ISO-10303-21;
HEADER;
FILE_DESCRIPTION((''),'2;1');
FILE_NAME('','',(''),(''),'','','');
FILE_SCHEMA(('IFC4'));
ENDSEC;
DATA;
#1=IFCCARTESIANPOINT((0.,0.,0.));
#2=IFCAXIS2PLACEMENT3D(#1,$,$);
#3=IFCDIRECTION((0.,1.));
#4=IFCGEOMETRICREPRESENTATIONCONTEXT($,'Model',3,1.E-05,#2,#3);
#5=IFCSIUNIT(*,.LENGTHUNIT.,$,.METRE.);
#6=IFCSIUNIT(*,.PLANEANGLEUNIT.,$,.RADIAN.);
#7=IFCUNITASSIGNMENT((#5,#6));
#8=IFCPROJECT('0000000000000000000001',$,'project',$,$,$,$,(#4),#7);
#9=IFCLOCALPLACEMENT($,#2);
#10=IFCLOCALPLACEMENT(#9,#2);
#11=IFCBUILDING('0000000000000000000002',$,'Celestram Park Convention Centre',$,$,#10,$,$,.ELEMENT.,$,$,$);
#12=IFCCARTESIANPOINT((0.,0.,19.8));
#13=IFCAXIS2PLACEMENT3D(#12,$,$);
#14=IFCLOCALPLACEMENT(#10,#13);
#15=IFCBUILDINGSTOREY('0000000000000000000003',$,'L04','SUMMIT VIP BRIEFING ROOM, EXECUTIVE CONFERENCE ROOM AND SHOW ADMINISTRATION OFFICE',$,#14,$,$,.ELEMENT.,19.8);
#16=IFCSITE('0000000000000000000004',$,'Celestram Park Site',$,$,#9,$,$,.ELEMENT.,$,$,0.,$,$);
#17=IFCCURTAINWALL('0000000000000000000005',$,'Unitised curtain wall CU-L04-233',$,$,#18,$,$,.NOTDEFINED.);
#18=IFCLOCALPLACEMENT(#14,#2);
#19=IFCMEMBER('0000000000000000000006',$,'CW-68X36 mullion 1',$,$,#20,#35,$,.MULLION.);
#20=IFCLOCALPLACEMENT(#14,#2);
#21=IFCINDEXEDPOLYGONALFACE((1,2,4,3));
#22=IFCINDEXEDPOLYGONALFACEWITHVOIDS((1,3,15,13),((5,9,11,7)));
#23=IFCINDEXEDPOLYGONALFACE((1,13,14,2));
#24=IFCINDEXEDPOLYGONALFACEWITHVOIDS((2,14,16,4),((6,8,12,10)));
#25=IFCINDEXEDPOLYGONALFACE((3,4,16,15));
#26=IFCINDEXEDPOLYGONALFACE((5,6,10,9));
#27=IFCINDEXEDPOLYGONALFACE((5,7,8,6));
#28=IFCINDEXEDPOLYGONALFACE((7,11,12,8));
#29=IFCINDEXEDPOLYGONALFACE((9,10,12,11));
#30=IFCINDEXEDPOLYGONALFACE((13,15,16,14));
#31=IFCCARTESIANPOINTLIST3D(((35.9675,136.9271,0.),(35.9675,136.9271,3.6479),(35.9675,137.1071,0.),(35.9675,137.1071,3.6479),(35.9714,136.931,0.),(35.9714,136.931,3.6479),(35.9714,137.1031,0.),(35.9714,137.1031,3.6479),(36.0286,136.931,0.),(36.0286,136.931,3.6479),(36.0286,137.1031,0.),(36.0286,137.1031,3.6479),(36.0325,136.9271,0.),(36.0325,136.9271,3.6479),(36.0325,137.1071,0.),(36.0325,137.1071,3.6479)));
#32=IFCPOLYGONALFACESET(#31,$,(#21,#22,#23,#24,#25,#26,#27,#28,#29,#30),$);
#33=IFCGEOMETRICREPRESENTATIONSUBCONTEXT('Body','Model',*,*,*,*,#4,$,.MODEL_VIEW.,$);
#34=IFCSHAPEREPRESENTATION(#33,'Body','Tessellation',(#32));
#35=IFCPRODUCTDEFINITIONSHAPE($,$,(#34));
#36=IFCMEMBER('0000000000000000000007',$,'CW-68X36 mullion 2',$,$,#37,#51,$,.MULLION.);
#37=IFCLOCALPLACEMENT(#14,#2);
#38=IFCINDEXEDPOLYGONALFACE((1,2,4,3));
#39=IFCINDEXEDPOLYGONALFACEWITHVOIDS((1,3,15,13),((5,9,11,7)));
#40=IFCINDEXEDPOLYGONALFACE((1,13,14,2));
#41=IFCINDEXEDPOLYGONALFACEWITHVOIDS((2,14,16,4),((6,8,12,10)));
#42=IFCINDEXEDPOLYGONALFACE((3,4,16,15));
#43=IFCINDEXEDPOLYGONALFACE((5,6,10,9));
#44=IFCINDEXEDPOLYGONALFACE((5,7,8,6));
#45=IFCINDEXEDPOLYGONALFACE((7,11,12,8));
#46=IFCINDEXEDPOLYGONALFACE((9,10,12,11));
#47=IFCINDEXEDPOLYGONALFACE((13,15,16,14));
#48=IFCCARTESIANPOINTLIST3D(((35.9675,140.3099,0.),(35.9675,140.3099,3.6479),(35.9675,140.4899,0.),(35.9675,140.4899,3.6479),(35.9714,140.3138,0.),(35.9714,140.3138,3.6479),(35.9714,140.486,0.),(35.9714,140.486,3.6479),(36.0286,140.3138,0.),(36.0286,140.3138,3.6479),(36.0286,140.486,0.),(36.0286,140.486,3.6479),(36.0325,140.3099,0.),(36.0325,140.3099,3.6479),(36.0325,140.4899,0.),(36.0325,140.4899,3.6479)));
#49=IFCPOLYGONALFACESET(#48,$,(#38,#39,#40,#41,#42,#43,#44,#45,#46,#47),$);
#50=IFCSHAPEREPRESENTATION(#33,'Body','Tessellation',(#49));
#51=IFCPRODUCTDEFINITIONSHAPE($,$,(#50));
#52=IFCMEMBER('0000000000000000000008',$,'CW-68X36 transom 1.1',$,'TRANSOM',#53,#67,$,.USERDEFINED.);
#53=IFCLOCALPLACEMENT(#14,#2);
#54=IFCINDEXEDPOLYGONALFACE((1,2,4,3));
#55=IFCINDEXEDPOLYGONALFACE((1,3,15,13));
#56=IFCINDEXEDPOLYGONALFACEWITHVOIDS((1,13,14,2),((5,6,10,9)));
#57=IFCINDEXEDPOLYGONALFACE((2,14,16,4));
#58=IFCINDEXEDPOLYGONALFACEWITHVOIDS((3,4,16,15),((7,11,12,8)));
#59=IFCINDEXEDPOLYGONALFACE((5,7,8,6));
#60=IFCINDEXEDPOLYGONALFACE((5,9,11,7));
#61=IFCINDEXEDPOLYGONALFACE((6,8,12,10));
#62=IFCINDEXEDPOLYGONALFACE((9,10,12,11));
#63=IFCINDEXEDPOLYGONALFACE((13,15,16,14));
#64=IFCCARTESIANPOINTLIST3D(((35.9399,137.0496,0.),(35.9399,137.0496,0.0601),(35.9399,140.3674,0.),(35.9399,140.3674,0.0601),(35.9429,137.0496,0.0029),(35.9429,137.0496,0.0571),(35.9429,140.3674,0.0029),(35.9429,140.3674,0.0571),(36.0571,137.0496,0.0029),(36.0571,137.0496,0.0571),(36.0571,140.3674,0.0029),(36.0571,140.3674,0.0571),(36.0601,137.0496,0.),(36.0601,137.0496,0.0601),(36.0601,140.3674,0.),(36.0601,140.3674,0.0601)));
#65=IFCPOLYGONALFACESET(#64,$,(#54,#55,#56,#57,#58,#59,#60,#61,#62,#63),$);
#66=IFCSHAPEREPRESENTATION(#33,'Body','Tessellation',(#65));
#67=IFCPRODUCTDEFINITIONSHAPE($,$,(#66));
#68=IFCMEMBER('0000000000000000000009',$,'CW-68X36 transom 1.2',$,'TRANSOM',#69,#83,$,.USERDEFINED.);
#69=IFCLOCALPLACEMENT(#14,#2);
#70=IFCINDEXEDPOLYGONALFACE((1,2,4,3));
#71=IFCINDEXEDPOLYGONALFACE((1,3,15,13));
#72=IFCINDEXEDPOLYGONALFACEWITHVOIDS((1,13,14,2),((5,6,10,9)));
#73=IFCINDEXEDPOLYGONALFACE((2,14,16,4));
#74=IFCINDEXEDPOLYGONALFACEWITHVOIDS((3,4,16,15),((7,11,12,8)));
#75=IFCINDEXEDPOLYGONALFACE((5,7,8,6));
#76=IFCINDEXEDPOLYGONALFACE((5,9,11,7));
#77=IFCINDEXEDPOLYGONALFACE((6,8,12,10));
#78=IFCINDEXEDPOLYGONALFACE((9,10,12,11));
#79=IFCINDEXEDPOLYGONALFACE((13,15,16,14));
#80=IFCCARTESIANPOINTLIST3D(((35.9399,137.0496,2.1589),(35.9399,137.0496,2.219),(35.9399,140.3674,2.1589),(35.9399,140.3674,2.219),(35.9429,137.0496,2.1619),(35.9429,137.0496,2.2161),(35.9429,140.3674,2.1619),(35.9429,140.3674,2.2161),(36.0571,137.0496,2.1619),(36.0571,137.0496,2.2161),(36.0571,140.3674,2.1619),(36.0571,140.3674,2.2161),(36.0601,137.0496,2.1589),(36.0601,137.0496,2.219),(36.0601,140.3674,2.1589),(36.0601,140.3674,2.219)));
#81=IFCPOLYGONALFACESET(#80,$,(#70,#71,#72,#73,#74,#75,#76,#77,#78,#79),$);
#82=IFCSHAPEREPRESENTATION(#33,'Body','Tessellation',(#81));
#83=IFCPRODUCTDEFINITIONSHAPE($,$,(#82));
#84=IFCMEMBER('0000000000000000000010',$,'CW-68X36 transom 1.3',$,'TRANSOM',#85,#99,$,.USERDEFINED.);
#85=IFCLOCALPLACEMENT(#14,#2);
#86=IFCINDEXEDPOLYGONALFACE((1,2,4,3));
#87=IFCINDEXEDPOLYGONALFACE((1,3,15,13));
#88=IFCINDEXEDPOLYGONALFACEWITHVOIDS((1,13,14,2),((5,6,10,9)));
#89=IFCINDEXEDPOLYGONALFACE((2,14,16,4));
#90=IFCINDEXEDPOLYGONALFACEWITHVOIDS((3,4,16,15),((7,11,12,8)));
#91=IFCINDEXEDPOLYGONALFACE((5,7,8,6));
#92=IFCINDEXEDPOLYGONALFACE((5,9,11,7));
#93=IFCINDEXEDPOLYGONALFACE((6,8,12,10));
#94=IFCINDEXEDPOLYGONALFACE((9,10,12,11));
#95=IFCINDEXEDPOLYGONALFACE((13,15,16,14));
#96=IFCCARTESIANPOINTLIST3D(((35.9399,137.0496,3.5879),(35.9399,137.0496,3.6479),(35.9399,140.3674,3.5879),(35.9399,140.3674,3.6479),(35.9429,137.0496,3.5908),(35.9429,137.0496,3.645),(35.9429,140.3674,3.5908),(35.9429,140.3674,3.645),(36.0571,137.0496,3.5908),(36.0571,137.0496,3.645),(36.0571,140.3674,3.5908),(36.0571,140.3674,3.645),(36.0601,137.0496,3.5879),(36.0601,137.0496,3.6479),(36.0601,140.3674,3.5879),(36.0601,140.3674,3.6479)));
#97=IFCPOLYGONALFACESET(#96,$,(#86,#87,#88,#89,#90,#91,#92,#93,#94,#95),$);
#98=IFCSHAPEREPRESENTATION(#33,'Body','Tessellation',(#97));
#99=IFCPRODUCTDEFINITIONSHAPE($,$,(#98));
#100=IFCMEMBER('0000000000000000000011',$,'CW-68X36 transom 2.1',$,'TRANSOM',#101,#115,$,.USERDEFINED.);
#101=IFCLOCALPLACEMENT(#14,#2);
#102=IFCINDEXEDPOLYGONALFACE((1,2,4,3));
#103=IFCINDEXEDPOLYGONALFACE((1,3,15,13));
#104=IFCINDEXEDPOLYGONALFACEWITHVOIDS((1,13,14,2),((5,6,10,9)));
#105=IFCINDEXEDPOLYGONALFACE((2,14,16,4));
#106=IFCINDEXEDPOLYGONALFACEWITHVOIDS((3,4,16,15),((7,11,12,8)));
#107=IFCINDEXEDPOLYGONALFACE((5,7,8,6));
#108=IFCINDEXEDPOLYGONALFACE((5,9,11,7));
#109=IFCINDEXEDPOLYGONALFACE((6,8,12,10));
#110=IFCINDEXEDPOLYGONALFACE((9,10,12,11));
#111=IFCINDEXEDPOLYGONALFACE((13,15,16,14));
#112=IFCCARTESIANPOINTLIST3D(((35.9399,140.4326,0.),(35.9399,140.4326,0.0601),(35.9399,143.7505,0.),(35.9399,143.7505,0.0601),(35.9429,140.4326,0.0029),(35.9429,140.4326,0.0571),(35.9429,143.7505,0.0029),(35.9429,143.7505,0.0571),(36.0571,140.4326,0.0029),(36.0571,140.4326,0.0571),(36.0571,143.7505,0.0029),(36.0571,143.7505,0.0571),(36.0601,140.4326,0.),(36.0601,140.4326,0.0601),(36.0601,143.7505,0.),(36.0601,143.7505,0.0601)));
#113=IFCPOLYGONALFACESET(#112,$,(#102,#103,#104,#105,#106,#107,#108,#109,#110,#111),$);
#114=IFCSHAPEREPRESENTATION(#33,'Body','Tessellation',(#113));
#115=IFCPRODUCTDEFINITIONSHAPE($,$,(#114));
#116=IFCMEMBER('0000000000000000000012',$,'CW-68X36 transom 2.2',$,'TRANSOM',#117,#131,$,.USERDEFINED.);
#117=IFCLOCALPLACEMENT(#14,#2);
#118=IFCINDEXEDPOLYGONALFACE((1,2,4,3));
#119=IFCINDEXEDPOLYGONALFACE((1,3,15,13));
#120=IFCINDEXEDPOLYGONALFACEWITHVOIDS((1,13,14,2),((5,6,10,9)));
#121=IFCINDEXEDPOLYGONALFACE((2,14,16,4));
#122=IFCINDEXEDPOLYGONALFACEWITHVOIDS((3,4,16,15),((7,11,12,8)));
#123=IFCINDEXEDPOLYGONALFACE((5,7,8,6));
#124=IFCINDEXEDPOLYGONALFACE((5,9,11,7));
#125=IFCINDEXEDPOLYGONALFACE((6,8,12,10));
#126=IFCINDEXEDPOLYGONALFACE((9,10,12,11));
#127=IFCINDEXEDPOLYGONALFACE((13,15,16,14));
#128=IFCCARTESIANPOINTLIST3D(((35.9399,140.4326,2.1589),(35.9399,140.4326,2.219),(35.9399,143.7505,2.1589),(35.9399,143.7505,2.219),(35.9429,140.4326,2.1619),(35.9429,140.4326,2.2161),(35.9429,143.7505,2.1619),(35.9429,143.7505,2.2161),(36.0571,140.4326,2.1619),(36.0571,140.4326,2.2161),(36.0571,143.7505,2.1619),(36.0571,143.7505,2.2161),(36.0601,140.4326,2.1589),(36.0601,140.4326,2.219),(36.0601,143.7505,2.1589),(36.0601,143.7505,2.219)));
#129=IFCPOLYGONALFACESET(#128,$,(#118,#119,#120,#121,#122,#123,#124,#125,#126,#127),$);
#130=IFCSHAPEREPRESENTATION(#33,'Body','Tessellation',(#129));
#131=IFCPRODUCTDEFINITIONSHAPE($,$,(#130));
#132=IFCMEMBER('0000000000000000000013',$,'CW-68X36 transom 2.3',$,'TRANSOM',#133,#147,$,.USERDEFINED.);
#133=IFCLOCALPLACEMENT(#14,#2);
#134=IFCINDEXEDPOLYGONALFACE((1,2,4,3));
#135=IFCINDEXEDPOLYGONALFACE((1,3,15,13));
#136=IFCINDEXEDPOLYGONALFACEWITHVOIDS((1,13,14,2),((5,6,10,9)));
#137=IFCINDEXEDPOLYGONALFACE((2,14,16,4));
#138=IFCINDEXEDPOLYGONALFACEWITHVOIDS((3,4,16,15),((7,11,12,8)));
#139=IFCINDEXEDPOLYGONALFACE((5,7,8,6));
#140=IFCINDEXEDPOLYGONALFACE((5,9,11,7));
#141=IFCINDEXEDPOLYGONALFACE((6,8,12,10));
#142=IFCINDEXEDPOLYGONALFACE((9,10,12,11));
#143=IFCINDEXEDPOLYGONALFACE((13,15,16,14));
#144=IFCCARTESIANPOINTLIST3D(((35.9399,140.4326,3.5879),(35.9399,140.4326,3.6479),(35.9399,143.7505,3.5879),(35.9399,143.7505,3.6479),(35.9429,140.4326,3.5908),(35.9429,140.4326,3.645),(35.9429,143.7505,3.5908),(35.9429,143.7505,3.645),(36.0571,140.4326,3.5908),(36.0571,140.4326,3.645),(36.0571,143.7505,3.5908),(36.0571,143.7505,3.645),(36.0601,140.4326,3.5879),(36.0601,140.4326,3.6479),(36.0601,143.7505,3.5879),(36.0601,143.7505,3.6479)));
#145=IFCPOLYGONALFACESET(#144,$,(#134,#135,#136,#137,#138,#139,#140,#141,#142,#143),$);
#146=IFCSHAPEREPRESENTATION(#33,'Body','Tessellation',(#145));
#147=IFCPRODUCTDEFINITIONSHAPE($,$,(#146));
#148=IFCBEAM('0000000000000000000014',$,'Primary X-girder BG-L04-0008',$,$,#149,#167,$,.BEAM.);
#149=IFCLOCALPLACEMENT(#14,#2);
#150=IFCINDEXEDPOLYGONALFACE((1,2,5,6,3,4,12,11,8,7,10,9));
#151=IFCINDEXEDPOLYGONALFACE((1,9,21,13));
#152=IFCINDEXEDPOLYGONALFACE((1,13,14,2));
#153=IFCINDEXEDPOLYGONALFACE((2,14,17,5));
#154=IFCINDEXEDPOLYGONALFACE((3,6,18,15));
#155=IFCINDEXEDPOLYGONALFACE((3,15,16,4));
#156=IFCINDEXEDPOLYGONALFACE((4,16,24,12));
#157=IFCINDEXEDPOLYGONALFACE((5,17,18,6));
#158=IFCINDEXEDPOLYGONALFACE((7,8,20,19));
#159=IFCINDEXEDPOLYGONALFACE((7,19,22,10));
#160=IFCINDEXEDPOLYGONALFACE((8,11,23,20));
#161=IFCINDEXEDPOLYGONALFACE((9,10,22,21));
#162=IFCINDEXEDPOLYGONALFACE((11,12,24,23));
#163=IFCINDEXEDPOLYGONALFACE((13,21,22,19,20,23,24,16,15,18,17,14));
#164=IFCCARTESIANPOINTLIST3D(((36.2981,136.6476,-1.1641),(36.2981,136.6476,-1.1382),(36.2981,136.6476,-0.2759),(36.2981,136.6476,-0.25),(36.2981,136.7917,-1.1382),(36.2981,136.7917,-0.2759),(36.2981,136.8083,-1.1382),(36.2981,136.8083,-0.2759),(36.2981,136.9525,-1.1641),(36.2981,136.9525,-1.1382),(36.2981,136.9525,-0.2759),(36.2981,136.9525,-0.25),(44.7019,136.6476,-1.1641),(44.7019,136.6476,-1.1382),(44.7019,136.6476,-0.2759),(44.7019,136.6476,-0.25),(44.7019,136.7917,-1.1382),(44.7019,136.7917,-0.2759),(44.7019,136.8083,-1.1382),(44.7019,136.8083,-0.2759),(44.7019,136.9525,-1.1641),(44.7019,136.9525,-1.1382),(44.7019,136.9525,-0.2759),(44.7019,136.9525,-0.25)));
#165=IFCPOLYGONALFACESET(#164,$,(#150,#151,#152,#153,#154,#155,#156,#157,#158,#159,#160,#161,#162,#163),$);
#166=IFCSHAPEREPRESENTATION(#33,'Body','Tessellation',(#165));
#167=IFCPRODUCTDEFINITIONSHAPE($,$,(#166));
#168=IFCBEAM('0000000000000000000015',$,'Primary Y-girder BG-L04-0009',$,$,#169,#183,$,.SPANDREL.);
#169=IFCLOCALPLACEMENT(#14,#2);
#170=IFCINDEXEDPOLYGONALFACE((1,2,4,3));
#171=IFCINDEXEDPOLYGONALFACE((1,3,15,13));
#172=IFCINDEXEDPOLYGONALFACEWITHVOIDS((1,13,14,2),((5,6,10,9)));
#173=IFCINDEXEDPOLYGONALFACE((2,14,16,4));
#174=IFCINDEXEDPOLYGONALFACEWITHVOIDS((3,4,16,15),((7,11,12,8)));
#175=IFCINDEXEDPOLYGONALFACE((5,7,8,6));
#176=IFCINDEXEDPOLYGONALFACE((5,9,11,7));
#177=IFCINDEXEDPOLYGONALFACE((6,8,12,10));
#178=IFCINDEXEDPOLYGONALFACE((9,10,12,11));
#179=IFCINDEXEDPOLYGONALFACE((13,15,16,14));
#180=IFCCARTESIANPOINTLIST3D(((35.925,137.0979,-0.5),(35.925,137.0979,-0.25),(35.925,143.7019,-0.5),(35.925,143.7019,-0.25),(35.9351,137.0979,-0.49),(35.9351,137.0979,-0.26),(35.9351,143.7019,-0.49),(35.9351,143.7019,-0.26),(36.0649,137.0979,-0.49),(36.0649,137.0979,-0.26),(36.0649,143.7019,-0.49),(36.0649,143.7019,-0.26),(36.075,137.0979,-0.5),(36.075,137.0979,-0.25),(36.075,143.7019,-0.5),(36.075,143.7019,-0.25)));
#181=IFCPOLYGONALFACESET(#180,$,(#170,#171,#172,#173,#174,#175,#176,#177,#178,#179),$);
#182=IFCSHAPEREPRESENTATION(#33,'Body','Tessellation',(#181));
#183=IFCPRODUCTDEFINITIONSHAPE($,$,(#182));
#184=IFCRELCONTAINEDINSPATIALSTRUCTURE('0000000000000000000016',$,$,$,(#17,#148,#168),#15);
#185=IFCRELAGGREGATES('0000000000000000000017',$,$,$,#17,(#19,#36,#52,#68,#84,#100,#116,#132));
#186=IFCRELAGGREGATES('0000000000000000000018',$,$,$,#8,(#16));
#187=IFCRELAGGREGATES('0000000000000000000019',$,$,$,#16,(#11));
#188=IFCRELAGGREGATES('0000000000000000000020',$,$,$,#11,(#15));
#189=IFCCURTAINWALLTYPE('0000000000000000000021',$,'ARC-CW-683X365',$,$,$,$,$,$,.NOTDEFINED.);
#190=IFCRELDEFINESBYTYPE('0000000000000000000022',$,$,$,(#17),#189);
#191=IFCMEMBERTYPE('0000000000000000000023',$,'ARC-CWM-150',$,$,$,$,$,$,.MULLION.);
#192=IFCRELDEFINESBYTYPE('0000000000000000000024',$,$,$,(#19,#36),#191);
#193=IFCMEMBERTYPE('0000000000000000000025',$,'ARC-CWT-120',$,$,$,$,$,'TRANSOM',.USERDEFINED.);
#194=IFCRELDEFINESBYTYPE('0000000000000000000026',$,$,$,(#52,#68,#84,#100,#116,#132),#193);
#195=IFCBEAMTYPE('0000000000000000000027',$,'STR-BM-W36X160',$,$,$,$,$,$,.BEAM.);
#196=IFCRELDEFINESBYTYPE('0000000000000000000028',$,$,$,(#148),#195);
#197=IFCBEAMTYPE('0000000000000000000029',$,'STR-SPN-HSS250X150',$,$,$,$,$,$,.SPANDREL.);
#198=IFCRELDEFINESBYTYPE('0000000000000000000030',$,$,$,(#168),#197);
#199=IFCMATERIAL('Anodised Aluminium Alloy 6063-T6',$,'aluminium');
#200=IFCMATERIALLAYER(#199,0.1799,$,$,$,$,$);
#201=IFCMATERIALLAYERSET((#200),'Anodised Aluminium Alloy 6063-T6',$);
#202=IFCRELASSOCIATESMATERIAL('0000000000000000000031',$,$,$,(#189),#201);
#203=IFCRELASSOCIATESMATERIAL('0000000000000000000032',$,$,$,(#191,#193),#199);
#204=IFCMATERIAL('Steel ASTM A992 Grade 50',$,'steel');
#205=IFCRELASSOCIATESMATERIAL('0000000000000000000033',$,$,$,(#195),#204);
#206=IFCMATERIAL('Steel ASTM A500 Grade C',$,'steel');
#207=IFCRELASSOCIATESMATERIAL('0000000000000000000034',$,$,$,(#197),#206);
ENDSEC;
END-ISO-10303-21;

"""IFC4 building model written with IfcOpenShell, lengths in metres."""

from ifc_helpers import new_model, si_unit, direction, frame, origin, origin_2d, place, context, subcontext, project, spatial, hollow_rectangle, i_section, extrude, material, layer, layer_set, material_profile, profile_set, type_object, element, aggregate, save


model = new_model("IFC4")

# Units and contexts
model_context = context("Model", 3, precision=1e-05, world=origin(), true_north=direction((0.0, 1.0)))
body_context = subcontext(model_context, "Body", "Model", "MODEL_VIEW")
ifc_project = project(units=[si_unit("LENGTHUNIT", "METRE"), si_unit("PLANEANGLEUNIT", "RADIAN")], contexts=[model_context])

# Site, building, storey
site_placement = place(None, origin())
site = spatial("IfcSite", under=ifc_project, at=site_placement, Name="Celestram Park Site", CompositionType="ELEMENT", RefElevation=0.0)
building_placement = place(site_placement, origin())
building = spatial("IfcBuilding", under=site, at=building_placement, Name="Celestram Park Convention Centre", CompositionType="ELEMENT")
storey_placement = place(building_placement, frame((0.0, 0.0, 19.8)))
storey = spatial("IfcBuildingStorey", under=building, at=storey_placement, Name="L04", Description="SUMMIT VIP BRIEFING ROOM, EXECUTIVE CONFERENCE ROOM AND SHOW ADMINISTRATION OFFICE", CompositionType="ELEMENT", Elevation=19.8)

# Curtain wall, members
ifc_material_1 = material(Name="Anodised Aluminium Alloy 6063-T6", Category="aluminium")
ifc_layer_1 = layer(ifc_material_1, 0.1799)
ifc_layer_set_1 = layer_set([ifc_layer_1], Name="Anodised Aluminium Alloy 6063-T6")
curtain_wall_type = type_object("IfcCurtainWallType", Name="ARC-CW-683X365", PredefinedType="NOTDEFINED", material=ifc_layer_set_1)
curtain_wall_placement = place(storey_placement, origin())
curtain_wall = element("IfcCurtainWall", 1, at=curtain_wall_placement, inside=storey, type_object=curtain_wall_type, Name="Unitised curtain wall CU-L04-233", PredefinedType="NOTDEFINED")
ifc_material_profile_1 = material_profile(ifc_material_1, hollow_rectangle(XDim=0.0649, YDim=0.1799, WallThickness=0.0039, at=origin_2d()), Name="ALU65X180X4")
ifc_profile_set_1 = profile_set([ifc_material_profile_1], Name="Anodised Aluminium Alloy 6063-T6")
member_type_1 = type_object("IfcMemberType", Name="ARC-CWM-150", PredefinedType="MULLION", material=ifc_profile_set_1)
member_1_placement = place(storey_placement, frame((36.0, 137.0171, 0.0), z_axis=(0.0, 0.0, 1.0), x_axis=(-1.0, 0.0, 0.0)))
member_1 = element("IfcMember", 2, at=member_1_placement, type_object=member_type_1, Name="CW-68X36 mullion 1", PredefinedType="MULLION", context=body_context, shape_type="SweptSolid", body=[
    extrude(hollow_rectangle(XDim=0.0649, YDim=0.1799, WallThickness=0.0039, at=origin_2d()), origin(), (0.0, 0.0, 1.0), 3.6479),
])
member_2_placement = place(storey_placement, frame((36.0, 140.3999, 0.0), z_axis=(0.0, 0.0, 1.0), x_axis=(-1.0, 0.0, 0.0)))
member_2 = element("IfcMember", 3, at=member_2_placement, type_object=member_type_1, Name="CW-68X36 mullion 2", PredefinedType="MULLION", context=body_context, shape_type="SweptSolid", body=[
    extrude(hollow_rectangle(XDim=0.0649, YDim=0.1799, WallThickness=0.0039, at=origin_2d()), origin(), (0.0, 0.0, 1.0), 3.6479),
])
ifc_material_profile_2 = material_profile(ifc_material_1, hollow_rectangle(XDim=0.1201, YDim=0.0601, WallThickness=0.0029, at=origin_2d()), Name="ALU120X60X3")
ifc_profile_set_2 = profile_set([ifc_material_profile_2], Name="Anodised Aluminium Alloy 6063-T6")
member_type_2 = type_object("IfcMemberType", Name="ARC-CWT-120", ElementType="TRANSOM", PredefinedType="USERDEFINED", material=ifc_profile_set_2)
member_3_placement = place(storey_placement, frame((36.0, 137.0496, 0.03), z_axis=(0.0, 1.0, 0.0), x_axis=(-1.0, 0.0, 0.0)))
member_3 = element("IfcMember", 4, at=member_3_placement, type_object=member_type_2, Name="CW-68X36 transom 1.1", ObjectType="TRANSOM", PredefinedType="USERDEFINED", context=body_context, shape_type="SweptSolid", body=[
    extrude(hollow_rectangle(XDim=0.1201, YDim=0.0601, WallThickness=0.0029, at=origin_2d()), origin(), (0.0, 0.0, 1.0), 3.3179),
])
member_4_placement = place(storey_placement, frame((36.0, 137.0496, 2.189), z_axis=(0.0, 1.0, 0.0), x_axis=(-1.0, 0.0, 0.0)))
member_4 = element("IfcMember", 5, at=member_4_placement, type_object=member_type_2, Name="CW-68X36 transom 1.2", ObjectType="TRANSOM", PredefinedType="USERDEFINED", context=body_context, shape_type="SweptSolid", body=[
    extrude(hollow_rectangle(XDim=0.1201, YDim=0.0601, WallThickness=0.0029, at=origin_2d()), origin(), (0.0, 0.0, 1.0), 3.3179),
])
member_5_placement = place(storey_placement, frame((36.0, 137.0496, 3.6179), z_axis=(0.0, 1.0, 0.0), x_axis=(-1.0, 0.0, 0.0)))
member_5 = element("IfcMember", 6, at=member_5_placement, type_object=member_type_2, Name="CW-68X36 transom 1.3", ObjectType="TRANSOM", PredefinedType="USERDEFINED", context=body_context, shape_type="SweptSolid", body=[
    extrude(hollow_rectangle(XDim=0.1201, YDim=0.0601, WallThickness=0.0029, at=origin_2d()), origin(), (0.0, 0.0, 1.0), 3.3179),
])
member_6_placement = place(storey_placement, frame((36.0, 140.4326, 0.03), z_axis=(0.0, 1.0, 0.0), x_axis=(-1.0, 0.0, 0.0)))
member_6 = element("IfcMember", 7, at=member_6_placement, type_object=member_type_2, Name="CW-68X36 transom 2.1", ObjectType="TRANSOM", PredefinedType="USERDEFINED", context=body_context, shape_type="SweptSolid", body=[
    extrude(hollow_rectangle(XDim=0.1201, YDim=0.0601, WallThickness=0.0029, at=origin_2d()), origin(), (0.0, 0.0, 1.0), 3.3179),
])
member_7_placement = place(storey_placement, frame((36.0, 140.4326, 2.189), z_axis=(0.0, 1.0, 0.0), x_axis=(-1.0, 0.0, 0.0)))
member_7 = element("IfcMember", 8, at=member_7_placement, type_object=member_type_2, Name="CW-68X36 transom 2.2", ObjectType="TRANSOM", PredefinedType="USERDEFINED", context=body_context, shape_type="SweptSolid", body=[
    extrude(hollow_rectangle(XDim=0.1201, YDim=0.0601, WallThickness=0.0029, at=origin_2d()), origin(), (0.0, 0.0, 1.0), 3.3179),
])
member_8_placement = place(storey_placement, frame((36.0, 140.4326, 3.6179), z_axis=(0.0, 1.0, 0.0), x_axis=(-1.0, 0.0, 0.0)))
member_8 = element("IfcMember", 9, at=member_8_placement, type_object=member_type_2, Name="CW-68X36 transom 2.3", ObjectType="TRANSOM", PredefinedType="USERDEFINED", context=body_context, shape_type="SweptSolid", body=[
    extrude(hollow_rectangle(XDim=0.1201, YDim=0.0601, WallThickness=0.0029, at=origin_2d()), origin(), (0.0, 0.0, 1.0), 3.3179),
])

# Beams
ifc_material_2 = material(Name="Steel ASTM A992 Grade 50", Category="steel")
ifc_material_profile_3 = material_profile(ifc_material_2, i_section(OverallWidth=0.3049, OverallDepth=0.9141, WebThickness=0.0166, FlangeThickness=0.0259, at=origin_2d()), Name="W36X160")
ifc_profile_set_3 = profile_set([ifc_material_profile_3], Name="Steel ASTM A992 Grade 50")
beam_type_1 = type_object("IfcBeamType", Name="STR-BM-W36X160", PredefinedType="BEAM", material=ifc_profile_set_3)
beam_1_placement = place(storey_placement, frame((36.2981, 136.8, -0.707), z_axis=(1.0, 0.0, 0.0), x_axis=(0.0, 1.0, 0.0)))
element("IfcBeam", 10, at=beam_1_placement, inside=storey, type_object=beam_type_1, Name="Primary X-girder BG-L04-0008", PredefinedType="BEAM", context=body_context, shape_type="SweptSolid", body=[
    extrude(i_section(OverallWidth=0.3049, OverallDepth=0.9141, WebThickness=0.0166, FlangeThickness=0.0259, at=origin_2d()), origin(), (0.0, 0.0, 1.0), 8.4038),
])
ifc_material_3 = material(Name="Steel ASTM A500 Grade C", Category="steel")
ifc_material_profile_4 = material_profile(ifc_material_3, hollow_rectangle(XDim=0.1499, YDim=0.25, WallThickness=0.01, at=origin_2d()), Name="HSS250X150X10")
ifc_profile_set_4 = profile_set([ifc_material_profile_4], Name="Steel ASTM A500 Grade C")
beam_type_2 = type_object("IfcBeamType", Name="STR-SPN-HSS250X150", PredefinedType="SPANDREL", material=ifc_profile_set_4)
beam_2_placement = place(storey_placement, frame((36.0, 137.0979, -0.375), z_axis=(0.0, 1.0, 0.0), x_axis=(-1.0, 0.0, 0.0)))
element("IfcBeam", 11, at=beam_2_placement, inside=storey, type_object=beam_type_2, Name="Primary Y-girder BG-L04-0009", PredefinedType="SPANDREL", context=body_context, shape_type="SweptSolid", body=[
    extrude(hollow_rectangle(XDim=0.1499, YDim=0.25, WallThickness=0.01, at=origin_2d()), origin(), (0.0, 0.0, 1.0), 6.604),
])

aggregate(curtain_wall, [member_1, member_2, member_3, member_4, member_5, member_6, member_7, member_8])

save(model, "model.ifc")
